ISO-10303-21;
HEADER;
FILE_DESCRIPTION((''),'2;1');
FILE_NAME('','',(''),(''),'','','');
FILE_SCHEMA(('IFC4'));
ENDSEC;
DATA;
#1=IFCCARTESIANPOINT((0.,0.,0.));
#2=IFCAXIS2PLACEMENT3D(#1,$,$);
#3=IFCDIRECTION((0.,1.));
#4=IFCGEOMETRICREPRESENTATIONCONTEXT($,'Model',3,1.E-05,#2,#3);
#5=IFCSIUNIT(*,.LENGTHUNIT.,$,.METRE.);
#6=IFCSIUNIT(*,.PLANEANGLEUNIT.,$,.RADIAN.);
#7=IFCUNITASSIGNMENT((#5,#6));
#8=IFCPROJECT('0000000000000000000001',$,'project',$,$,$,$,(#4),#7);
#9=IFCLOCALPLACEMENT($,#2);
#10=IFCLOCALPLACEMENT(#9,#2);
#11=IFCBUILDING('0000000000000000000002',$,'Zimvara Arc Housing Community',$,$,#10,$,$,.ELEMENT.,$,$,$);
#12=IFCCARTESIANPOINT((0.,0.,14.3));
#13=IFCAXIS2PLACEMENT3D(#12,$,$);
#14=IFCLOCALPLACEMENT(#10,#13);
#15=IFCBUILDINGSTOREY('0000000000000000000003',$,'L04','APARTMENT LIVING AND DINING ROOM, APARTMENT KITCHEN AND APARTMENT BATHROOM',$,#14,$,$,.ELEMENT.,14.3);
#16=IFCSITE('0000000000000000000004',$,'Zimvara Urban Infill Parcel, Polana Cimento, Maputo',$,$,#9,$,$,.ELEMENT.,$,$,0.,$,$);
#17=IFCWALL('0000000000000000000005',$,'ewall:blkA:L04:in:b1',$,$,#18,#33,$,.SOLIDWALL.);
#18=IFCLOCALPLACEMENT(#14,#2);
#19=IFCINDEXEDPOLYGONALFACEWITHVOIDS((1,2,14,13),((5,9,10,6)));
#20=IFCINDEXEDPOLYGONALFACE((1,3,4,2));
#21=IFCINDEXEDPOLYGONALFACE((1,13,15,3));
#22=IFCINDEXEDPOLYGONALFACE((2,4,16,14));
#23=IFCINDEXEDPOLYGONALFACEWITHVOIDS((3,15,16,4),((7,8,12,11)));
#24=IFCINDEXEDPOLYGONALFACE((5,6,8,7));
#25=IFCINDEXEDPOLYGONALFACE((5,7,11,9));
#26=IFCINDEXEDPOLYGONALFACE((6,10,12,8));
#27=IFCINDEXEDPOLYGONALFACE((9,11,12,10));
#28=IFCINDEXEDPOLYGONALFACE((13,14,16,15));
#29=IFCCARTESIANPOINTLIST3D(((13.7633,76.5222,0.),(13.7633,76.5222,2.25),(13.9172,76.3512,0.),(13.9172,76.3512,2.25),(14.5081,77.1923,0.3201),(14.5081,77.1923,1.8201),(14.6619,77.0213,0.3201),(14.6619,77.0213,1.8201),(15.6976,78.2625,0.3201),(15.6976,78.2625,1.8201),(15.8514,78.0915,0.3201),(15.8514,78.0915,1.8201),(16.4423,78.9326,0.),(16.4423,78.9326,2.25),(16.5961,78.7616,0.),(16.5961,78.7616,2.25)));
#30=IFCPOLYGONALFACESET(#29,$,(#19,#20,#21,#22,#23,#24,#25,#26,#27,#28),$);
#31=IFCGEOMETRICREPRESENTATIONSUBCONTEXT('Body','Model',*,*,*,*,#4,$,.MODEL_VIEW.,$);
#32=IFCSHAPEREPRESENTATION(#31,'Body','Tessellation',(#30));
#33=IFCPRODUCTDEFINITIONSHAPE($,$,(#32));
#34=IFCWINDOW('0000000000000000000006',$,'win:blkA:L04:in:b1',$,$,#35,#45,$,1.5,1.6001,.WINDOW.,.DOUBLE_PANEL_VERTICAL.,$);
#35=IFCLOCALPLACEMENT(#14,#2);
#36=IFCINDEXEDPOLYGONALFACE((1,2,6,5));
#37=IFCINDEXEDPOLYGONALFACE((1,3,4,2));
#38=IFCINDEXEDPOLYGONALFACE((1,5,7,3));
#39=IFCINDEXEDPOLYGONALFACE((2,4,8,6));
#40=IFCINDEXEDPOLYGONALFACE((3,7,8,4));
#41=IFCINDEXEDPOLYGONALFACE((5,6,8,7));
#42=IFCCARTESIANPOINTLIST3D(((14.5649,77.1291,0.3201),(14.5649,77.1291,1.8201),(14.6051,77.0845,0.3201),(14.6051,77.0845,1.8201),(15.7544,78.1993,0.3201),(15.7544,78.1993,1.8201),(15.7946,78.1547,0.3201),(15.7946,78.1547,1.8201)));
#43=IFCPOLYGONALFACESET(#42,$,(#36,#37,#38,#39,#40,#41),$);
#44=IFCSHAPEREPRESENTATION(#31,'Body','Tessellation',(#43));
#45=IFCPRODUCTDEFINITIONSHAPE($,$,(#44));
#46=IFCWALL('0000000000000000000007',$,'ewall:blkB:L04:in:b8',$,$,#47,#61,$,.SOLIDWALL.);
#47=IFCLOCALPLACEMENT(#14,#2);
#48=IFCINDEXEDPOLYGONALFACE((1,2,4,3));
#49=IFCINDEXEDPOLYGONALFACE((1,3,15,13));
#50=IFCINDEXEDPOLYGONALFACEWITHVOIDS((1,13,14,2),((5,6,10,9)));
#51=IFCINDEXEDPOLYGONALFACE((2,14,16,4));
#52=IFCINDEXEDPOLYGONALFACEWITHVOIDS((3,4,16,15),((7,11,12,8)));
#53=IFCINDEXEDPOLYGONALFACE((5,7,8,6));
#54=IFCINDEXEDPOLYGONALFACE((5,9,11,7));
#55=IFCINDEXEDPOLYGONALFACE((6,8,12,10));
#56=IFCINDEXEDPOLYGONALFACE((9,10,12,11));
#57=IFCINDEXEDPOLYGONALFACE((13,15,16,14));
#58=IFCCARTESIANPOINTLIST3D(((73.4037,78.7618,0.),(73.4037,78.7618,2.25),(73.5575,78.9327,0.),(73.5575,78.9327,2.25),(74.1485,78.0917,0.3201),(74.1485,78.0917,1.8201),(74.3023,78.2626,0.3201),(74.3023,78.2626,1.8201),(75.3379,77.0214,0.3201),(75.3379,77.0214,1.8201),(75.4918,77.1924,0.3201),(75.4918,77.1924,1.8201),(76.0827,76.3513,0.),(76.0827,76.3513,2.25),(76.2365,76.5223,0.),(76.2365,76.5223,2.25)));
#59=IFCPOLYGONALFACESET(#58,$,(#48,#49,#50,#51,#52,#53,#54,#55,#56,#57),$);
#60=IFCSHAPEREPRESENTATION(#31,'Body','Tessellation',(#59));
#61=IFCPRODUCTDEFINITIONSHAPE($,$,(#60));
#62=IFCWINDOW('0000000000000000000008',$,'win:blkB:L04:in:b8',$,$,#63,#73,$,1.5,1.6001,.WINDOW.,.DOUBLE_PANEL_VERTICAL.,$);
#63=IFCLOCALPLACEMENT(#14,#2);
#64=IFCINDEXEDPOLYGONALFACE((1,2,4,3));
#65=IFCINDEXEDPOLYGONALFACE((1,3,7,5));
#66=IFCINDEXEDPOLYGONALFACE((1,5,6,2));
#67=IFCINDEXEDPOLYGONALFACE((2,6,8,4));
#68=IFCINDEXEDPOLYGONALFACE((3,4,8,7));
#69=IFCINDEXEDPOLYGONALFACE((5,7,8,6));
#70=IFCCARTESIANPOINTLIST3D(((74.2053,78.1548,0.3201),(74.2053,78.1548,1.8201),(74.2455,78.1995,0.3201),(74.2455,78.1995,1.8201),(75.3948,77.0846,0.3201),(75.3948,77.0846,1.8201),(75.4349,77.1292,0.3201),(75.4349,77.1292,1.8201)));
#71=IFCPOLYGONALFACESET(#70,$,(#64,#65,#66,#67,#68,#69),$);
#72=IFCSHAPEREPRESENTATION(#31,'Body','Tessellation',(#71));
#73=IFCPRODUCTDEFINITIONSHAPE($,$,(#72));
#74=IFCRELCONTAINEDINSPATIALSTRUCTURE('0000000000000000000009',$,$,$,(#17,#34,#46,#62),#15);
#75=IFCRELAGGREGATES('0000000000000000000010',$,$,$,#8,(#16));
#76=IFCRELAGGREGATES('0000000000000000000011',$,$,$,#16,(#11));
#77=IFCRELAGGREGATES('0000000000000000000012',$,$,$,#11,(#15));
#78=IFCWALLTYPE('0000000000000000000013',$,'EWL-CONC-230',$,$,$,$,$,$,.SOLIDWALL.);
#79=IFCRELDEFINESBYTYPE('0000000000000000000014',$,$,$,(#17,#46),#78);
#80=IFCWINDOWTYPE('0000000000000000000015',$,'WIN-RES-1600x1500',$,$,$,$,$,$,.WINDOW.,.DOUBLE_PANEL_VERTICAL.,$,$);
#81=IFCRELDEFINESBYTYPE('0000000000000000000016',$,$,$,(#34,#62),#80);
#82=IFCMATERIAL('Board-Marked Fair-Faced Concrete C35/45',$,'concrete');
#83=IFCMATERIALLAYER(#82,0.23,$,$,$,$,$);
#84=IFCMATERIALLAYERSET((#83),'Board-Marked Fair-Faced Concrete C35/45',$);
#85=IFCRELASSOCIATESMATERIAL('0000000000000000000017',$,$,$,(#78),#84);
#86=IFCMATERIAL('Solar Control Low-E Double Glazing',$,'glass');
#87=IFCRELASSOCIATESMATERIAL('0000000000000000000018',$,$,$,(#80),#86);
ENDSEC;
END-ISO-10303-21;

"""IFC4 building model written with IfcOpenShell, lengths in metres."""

from ifc_helpers import new_model, si_unit, direction, frame, frame_2d, origin, place, context, subcontext, project, spatial, rectangle, extrude, material, layer, layer_set, type_object, element, fill, save


model = new_model("IFC4")

# Units and contexts
model_context = context("Model", 3, precision=1e-05, world=origin(), true_north=direction((0.0, 1.0)))
body_context = subcontext(model_context, "Body", "Model", "MODEL_VIEW")
ifc_project = project(units=[si_unit("LENGTHUNIT", "METRE"), si_unit("PLANEANGLEUNIT", "RADIAN")], contexts=[model_context])

# Site, building, storey
site_placement = place(None, origin())
site = spatial("IfcSite", under=ifc_project, at=site_placement, Name="Zimvara Urban Infill Parcel, Polana Cimento, Maputo", CompositionType="ELEMENT", RefElevation=0.0)
building_placement = place(site_placement, origin())
building = spatial("IfcBuilding", under=site, at=building_placement, Name="Zimvara Arc Housing Community", CompositionType="ELEMENT")
storey_placement = place(building_placement, frame((0.0, 0.0, 14.3)))
storey = spatial("IfcBuildingStorey", under=building, at=storey_placement, Name="L04", Description="APARTMENT LIVING AND DINING ROOM, APARTMENT KITCHEN AND APARTMENT BATHROOM", CompositionType="ELEMENT", Elevation=14.3)

# Walls, openings, windows
ifc_material_1 = material(Name="Board-Marked Fair-Faced Concrete C35/45", Category="concrete")
ifc_layer_1 = layer(ifc_material_1, 0.23)
ifc_layer_set_1 = layer_set([ifc_layer_1], Name="Board-Marked Fair-Faced Concrete C35/45")
wall_type = type_object("IfcWallType", Name="EWL-CONC-230", PredefinedType="SOLIDWALL", material=ifc_layer_set_1)
wall_1_placement = place(storey_placement, frame((13.8403, 76.4368, 0.0), z_axis=(0.0, 0.0, 1.0), x_axis=(0.743385, 0.668864, 0.0)))
wall_1 = element("IfcWall", 1, at=wall_1_placement, inside=storey, type_object=wall_type, Name="ewall:blkA:L04:in:b1", PredefinedType="SOLIDWALL", context=body_context, shape_type="SweptSolid", body=[
    extrude(rectangle(XDim=3.6038, YDim=0.23, at=frame_2d((1.8018, 0.0))), origin(), (0.0, 0.0, 1.0), 2.25),
])
opening_1_placement = place(wall_1_placement, frame((1.0017, 0.0, 0.3201)))
opening_1 = element("IfcOpeningElement", 2, at=opening_1_placement, cuts=wall_1, PredefinedType="OPENING", context=body_context, shape_type="SweptSolid", body=[
    extrude(rectangle(XDim=1.6001, YDim=1.5, at=frame_2d((0.8, 0.75))), frame((0.0, 0.125, 0.0), z_axis=(0.0, -1.0, 0.0), x_axis=(1.0, 0.0, 0.0)), (0.0, 0.0, 1.0), 0.25),
])
ifc_material_2 = material(Name="Solar Control Low-E Double Glazing", Category="glass")
window_type = type_object("IfcWindowType", Name="WIN-RES-1600x1500", PartitioningType="DOUBLE_PANEL_VERTICAL", PredefinedType="WINDOW", material=ifc_material_2)
window_1_placement = place(opening_1_placement, origin())
window_1 = element("IfcWindow", 3, at=window_1_placement, inside=storey, type_object=window_type, Name="win:blkA:L04:in:b1", OverallHeight=1.5, OverallWidth=1.6001, PartitioningType="DOUBLE_PANEL_VERTICAL", PredefinedType="WINDOW", context=body_context, shape_type="SweptSolid", body=[
    extrude(rectangle(XDim=1.6001, YDim=1.5, at=frame_2d((0.8, 0.75))), frame((0.0, 0.03, 0.0), z_axis=(0.0, -1.0, 0.0), x_axis=(1.0, 0.0, 0.0)), (0.0, 0.0, 1.0), 0.0601),
])
fill(opening_1, window_1)
wall_2_placement = place(storey_placement, frame((73.4807, 78.8472, 0.0), z_axis=(0.0, 0.0, 1.0), x_axis=(0.743385, -0.668864, 0.0)))
wall_2 = element("IfcWall", 4, at=wall_2_placement, inside=storey, type_object=wall_type, Name="ewall:blkB:L04:in:b8", PredefinedType="SOLIDWALL", context=body_context, shape_type="SweptSolid", body=[
    extrude(rectangle(XDim=3.6038, YDim=0.23, at=frame_2d((1.8018, 0.0))), origin(), (0.0, 0.0, 1.0), 2.25),
])
opening_2_placement = place(wall_2_placement, frame((1.0017, 0.0, 0.3201)))
opening_2 = element("IfcOpeningElement", 5, at=opening_2_placement, cuts=wall_2, PredefinedType="OPENING", context=body_context, shape_type="SweptSolid", body=[
    extrude(rectangle(XDim=1.6001, YDim=1.5, at=frame_2d((0.8, 0.75))), frame((0.0, 0.125, 0.0), z_axis=(0.0, -1.0, 0.0), x_axis=(1.0, 0.0, 0.0)), (0.0, 0.0, 1.0), 0.25),
])
window_2_placement = place(opening_2_placement, origin())
window_2 = element("IfcWindow", 6, at=window_2_placement, inside=storey, type_object=window_type, Name="win:blkB:L04:in:b8", OverallHeight=1.5, OverallWidth=1.6001, PartitioningType="DOUBLE_PANEL_VERTICAL", PredefinedType="WINDOW", context=body_context, shape_type="SweptSolid", body=[
    extrude(rectangle(XDim=1.6001, YDim=1.5, at=frame_2d((0.8, 0.75))), frame((0.0, 0.03, 0.0), z_axis=(0.0, -1.0, 0.0), x_axis=(1.0, 0.0, 0.0)), (0.0, 0.0, 1.0), 0.0601),
])
fill(opening_2, window_2)

save(model, "model.ifc")
